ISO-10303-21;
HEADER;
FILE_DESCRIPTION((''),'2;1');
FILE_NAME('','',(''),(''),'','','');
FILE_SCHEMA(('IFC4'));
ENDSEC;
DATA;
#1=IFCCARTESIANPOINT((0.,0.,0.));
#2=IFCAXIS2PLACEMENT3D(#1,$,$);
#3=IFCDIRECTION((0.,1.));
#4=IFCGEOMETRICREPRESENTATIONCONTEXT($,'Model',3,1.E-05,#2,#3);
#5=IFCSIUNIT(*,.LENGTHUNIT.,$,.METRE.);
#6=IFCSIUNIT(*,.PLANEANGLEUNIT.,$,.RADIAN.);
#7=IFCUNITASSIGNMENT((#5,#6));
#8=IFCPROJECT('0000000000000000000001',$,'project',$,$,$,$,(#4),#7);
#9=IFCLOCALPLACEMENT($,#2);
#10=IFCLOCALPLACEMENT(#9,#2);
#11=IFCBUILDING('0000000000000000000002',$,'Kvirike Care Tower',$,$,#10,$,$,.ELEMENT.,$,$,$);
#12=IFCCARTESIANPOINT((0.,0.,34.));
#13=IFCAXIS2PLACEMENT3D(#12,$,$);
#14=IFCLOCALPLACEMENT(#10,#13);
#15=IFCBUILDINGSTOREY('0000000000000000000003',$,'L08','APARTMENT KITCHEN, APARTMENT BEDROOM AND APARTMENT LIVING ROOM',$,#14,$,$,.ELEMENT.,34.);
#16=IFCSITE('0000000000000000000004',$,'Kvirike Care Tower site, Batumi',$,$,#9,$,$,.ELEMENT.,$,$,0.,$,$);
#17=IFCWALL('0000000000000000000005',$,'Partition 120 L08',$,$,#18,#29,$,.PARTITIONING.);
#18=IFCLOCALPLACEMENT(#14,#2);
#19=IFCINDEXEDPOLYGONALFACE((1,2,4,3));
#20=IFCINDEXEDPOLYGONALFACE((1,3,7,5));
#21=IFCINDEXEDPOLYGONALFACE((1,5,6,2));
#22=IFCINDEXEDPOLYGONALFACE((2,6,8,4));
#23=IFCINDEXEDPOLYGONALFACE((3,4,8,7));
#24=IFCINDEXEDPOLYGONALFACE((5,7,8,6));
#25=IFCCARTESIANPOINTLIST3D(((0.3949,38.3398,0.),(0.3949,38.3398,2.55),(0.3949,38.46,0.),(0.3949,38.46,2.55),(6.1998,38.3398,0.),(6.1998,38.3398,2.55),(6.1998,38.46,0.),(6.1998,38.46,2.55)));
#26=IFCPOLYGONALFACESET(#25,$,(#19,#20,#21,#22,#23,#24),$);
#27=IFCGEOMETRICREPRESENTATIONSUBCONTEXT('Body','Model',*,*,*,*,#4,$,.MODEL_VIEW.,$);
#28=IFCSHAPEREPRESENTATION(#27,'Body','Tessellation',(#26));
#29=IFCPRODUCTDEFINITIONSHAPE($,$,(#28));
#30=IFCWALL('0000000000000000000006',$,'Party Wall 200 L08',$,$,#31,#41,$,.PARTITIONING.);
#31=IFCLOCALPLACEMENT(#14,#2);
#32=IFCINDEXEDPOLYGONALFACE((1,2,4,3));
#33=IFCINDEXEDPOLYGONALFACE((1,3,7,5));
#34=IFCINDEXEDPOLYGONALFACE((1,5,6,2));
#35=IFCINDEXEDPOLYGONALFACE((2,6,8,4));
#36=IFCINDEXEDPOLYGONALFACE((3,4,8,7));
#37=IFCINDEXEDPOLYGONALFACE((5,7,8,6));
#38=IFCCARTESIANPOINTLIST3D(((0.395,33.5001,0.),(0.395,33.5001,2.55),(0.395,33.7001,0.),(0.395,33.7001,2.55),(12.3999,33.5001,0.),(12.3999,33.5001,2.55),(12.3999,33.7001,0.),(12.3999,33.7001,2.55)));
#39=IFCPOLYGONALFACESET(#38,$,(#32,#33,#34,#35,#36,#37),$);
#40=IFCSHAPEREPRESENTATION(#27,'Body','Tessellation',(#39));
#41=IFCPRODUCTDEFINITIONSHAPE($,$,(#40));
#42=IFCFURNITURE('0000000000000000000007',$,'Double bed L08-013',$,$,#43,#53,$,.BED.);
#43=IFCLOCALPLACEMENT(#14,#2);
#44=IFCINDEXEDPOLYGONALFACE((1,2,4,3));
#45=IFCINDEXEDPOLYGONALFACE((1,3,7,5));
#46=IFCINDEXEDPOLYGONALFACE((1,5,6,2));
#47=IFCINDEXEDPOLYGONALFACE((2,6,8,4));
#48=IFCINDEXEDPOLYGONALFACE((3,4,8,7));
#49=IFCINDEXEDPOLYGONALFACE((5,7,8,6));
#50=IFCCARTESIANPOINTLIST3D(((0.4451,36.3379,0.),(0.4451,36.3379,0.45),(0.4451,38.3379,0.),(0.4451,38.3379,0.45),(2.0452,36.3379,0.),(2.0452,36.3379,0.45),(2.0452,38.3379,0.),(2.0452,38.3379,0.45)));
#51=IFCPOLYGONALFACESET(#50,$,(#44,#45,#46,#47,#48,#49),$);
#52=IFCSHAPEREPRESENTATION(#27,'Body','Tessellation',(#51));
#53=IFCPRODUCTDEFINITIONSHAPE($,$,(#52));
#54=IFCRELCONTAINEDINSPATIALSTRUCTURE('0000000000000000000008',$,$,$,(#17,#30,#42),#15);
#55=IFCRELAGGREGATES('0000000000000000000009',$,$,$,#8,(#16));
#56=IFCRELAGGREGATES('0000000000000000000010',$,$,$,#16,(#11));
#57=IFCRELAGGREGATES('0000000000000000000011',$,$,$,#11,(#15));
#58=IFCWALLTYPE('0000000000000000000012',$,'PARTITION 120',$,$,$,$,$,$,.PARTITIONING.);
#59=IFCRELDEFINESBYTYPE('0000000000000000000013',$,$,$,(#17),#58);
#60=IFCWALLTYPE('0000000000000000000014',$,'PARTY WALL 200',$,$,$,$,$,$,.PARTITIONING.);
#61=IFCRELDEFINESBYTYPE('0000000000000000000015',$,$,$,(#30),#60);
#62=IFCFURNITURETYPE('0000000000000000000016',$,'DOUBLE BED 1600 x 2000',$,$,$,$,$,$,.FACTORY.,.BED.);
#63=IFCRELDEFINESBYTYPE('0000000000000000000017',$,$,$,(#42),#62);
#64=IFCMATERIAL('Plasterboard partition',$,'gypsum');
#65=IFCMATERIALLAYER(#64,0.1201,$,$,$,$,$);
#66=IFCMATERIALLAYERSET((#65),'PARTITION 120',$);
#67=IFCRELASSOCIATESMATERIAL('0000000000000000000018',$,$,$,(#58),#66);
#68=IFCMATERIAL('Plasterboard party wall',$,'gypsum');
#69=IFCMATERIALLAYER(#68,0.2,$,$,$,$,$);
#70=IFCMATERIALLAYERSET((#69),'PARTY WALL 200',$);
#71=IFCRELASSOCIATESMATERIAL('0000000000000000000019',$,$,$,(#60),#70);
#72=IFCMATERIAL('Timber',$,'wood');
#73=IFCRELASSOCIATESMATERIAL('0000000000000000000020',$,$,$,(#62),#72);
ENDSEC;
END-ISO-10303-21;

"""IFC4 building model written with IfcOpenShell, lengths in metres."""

from ifc_helpers import new_model, si_unit, direction, frame, frame_2d, origin, origin_2d, place, context, subcontext, project, spatial, rectangle, extrude, material, layer, layer_set, type_object, element, save


model = new_model("IFC4")

# Units and contexts
model_context = context("Model", 3, precision=1e-05, world=origin(), true_north=direction((0.0, 1.0)))
body_context = subcontext(model_context, "Body", "Model", "MODEL_VIEW")
ifc_project = project(units=[si_unit("LENGTHUNIT", "METRE"), si_unit("PLANEANGLEUNIT", "RADIAN")], contexts=[model_context])

# Site, building, storey
site_placement = place(None, origin())
site = spatial("IfcSite", under=ifc_project, at=site_placement, Name="Kvirike Care Tower site, Batumi", CompositionType="ELEMENT", RefElevation=0.0)
building_placement = place(site_placement, origin())
building = spatial("IfcBuilding", under=site, at=building_placement, Name="Kvirike Care Tower", CompositionType="ELEMENT")
storey_placement = place(building_placement, frame((0.0, 0.0, 34.0)))
storey = spatial("IfcBuildingStorey", under=building, at=storey_placement, Name="L08", Description="APARTMENT KITCHEN, APARTMENT BEDROOM AND APARTMENT LIVING ROOM", CompositionType="ELEMENT", Elevation=34.0)

# Walls
ifc_material_1 = material(Name="Plasterboard partition", Category="gypsum")
ifc_layer_1 = layer(ifc_material_1, 0.1201)
ifc_layer_set_1 = layer_set([ifc_layer_1], Name="PARTITION 120")
wall_type_1 = type_object("IfcWallType", Name="PARTITION 120", PredefinedType="PARTITIONING", material=ifc_layer_set_1)
wall_1_placement = place(storey_placement, frame((0.395, 38.3999, 0.0), z_axis=(0.0, 0.0, 1.0), x_axis=(1.0, 0.0, 0.0)))
element("IfcWall", 1, at=wall_1_placement, inside=storey, type_object=wall_type_1, Name="Partition 120 L08", PredefinedType="PARTITIONING", context=body_context, shape_type="SweptSolid", body=[
    extrude(rectangle(XDim=5.8049, YDim=0.1201, at=frame_2d((2.9023, 0.0))), origin(), (0.0, 0.0, 1.0), 2.55),
])
ifc_material_2 = material(Name="Plasterboard party wall", Category="gypsum")
ifc_layer_2 = layer(ifc_material_2, 0.2)
ifc_layer_set_2 = layer_set([ifc_layer_2], Name="PARTY WALL 200")
wall_type_2 = type_object("IfcWallType", Name="PARTY WALL 200", PredefinedType="PARTITIONING", material=ifc_layer_set_2)
wall_2_placement = place(storey_placement, frame((0.395, 33.6001, 0.0), z_axis=(0.0, 0.0, 1.0), x_axis=(1.0, 0.0, 0.0)))
element("IfcWall", 2, at=wall_2_placement, inside=storey, type_object=wall_type_2, Name="Party Wall 200 L08", PredefinedType="PARTITIONING", context=body_context, shape_type="SweptSolid", body=[
    extrude(rectangle(XDim=12.0049, YDim=0.2, at=frame_2d((6.0024, 0.0))), origin(), (0.0, 0.0, 1.0), 2.55),
])

# Furniture
ifc_material_3 = material(Name="Timber", Category="wood")
furniture_type = type_object("IfcFurnitureType", Name="DOUBLE BED 1600 x 2000", AssemblyPlace="FACTORY", PredefinedType="BED", material=ifc_material_3)
furniture_placement = place(storey_placement, frame((1.2451, 37.3379, 0.0), z_axis=(0.0, 0.0, 1.0), x_axis=(1.0, 0.0, 0.0)))
element("IfcFurniture", 3, at=furniture_placement, inside=storey, type_object=furniture_type, Name="Double bed L08-013", PredefinedType="BED", context=body_context, shape_type="SweptSolid", body=[
    extrude(rectangle(XDim=1.6001, YDim=2.0, at=origin_2d()), origin(), (0.0, 0.0, 1.0), 0.45),
])

save(model, "model.ifc")
